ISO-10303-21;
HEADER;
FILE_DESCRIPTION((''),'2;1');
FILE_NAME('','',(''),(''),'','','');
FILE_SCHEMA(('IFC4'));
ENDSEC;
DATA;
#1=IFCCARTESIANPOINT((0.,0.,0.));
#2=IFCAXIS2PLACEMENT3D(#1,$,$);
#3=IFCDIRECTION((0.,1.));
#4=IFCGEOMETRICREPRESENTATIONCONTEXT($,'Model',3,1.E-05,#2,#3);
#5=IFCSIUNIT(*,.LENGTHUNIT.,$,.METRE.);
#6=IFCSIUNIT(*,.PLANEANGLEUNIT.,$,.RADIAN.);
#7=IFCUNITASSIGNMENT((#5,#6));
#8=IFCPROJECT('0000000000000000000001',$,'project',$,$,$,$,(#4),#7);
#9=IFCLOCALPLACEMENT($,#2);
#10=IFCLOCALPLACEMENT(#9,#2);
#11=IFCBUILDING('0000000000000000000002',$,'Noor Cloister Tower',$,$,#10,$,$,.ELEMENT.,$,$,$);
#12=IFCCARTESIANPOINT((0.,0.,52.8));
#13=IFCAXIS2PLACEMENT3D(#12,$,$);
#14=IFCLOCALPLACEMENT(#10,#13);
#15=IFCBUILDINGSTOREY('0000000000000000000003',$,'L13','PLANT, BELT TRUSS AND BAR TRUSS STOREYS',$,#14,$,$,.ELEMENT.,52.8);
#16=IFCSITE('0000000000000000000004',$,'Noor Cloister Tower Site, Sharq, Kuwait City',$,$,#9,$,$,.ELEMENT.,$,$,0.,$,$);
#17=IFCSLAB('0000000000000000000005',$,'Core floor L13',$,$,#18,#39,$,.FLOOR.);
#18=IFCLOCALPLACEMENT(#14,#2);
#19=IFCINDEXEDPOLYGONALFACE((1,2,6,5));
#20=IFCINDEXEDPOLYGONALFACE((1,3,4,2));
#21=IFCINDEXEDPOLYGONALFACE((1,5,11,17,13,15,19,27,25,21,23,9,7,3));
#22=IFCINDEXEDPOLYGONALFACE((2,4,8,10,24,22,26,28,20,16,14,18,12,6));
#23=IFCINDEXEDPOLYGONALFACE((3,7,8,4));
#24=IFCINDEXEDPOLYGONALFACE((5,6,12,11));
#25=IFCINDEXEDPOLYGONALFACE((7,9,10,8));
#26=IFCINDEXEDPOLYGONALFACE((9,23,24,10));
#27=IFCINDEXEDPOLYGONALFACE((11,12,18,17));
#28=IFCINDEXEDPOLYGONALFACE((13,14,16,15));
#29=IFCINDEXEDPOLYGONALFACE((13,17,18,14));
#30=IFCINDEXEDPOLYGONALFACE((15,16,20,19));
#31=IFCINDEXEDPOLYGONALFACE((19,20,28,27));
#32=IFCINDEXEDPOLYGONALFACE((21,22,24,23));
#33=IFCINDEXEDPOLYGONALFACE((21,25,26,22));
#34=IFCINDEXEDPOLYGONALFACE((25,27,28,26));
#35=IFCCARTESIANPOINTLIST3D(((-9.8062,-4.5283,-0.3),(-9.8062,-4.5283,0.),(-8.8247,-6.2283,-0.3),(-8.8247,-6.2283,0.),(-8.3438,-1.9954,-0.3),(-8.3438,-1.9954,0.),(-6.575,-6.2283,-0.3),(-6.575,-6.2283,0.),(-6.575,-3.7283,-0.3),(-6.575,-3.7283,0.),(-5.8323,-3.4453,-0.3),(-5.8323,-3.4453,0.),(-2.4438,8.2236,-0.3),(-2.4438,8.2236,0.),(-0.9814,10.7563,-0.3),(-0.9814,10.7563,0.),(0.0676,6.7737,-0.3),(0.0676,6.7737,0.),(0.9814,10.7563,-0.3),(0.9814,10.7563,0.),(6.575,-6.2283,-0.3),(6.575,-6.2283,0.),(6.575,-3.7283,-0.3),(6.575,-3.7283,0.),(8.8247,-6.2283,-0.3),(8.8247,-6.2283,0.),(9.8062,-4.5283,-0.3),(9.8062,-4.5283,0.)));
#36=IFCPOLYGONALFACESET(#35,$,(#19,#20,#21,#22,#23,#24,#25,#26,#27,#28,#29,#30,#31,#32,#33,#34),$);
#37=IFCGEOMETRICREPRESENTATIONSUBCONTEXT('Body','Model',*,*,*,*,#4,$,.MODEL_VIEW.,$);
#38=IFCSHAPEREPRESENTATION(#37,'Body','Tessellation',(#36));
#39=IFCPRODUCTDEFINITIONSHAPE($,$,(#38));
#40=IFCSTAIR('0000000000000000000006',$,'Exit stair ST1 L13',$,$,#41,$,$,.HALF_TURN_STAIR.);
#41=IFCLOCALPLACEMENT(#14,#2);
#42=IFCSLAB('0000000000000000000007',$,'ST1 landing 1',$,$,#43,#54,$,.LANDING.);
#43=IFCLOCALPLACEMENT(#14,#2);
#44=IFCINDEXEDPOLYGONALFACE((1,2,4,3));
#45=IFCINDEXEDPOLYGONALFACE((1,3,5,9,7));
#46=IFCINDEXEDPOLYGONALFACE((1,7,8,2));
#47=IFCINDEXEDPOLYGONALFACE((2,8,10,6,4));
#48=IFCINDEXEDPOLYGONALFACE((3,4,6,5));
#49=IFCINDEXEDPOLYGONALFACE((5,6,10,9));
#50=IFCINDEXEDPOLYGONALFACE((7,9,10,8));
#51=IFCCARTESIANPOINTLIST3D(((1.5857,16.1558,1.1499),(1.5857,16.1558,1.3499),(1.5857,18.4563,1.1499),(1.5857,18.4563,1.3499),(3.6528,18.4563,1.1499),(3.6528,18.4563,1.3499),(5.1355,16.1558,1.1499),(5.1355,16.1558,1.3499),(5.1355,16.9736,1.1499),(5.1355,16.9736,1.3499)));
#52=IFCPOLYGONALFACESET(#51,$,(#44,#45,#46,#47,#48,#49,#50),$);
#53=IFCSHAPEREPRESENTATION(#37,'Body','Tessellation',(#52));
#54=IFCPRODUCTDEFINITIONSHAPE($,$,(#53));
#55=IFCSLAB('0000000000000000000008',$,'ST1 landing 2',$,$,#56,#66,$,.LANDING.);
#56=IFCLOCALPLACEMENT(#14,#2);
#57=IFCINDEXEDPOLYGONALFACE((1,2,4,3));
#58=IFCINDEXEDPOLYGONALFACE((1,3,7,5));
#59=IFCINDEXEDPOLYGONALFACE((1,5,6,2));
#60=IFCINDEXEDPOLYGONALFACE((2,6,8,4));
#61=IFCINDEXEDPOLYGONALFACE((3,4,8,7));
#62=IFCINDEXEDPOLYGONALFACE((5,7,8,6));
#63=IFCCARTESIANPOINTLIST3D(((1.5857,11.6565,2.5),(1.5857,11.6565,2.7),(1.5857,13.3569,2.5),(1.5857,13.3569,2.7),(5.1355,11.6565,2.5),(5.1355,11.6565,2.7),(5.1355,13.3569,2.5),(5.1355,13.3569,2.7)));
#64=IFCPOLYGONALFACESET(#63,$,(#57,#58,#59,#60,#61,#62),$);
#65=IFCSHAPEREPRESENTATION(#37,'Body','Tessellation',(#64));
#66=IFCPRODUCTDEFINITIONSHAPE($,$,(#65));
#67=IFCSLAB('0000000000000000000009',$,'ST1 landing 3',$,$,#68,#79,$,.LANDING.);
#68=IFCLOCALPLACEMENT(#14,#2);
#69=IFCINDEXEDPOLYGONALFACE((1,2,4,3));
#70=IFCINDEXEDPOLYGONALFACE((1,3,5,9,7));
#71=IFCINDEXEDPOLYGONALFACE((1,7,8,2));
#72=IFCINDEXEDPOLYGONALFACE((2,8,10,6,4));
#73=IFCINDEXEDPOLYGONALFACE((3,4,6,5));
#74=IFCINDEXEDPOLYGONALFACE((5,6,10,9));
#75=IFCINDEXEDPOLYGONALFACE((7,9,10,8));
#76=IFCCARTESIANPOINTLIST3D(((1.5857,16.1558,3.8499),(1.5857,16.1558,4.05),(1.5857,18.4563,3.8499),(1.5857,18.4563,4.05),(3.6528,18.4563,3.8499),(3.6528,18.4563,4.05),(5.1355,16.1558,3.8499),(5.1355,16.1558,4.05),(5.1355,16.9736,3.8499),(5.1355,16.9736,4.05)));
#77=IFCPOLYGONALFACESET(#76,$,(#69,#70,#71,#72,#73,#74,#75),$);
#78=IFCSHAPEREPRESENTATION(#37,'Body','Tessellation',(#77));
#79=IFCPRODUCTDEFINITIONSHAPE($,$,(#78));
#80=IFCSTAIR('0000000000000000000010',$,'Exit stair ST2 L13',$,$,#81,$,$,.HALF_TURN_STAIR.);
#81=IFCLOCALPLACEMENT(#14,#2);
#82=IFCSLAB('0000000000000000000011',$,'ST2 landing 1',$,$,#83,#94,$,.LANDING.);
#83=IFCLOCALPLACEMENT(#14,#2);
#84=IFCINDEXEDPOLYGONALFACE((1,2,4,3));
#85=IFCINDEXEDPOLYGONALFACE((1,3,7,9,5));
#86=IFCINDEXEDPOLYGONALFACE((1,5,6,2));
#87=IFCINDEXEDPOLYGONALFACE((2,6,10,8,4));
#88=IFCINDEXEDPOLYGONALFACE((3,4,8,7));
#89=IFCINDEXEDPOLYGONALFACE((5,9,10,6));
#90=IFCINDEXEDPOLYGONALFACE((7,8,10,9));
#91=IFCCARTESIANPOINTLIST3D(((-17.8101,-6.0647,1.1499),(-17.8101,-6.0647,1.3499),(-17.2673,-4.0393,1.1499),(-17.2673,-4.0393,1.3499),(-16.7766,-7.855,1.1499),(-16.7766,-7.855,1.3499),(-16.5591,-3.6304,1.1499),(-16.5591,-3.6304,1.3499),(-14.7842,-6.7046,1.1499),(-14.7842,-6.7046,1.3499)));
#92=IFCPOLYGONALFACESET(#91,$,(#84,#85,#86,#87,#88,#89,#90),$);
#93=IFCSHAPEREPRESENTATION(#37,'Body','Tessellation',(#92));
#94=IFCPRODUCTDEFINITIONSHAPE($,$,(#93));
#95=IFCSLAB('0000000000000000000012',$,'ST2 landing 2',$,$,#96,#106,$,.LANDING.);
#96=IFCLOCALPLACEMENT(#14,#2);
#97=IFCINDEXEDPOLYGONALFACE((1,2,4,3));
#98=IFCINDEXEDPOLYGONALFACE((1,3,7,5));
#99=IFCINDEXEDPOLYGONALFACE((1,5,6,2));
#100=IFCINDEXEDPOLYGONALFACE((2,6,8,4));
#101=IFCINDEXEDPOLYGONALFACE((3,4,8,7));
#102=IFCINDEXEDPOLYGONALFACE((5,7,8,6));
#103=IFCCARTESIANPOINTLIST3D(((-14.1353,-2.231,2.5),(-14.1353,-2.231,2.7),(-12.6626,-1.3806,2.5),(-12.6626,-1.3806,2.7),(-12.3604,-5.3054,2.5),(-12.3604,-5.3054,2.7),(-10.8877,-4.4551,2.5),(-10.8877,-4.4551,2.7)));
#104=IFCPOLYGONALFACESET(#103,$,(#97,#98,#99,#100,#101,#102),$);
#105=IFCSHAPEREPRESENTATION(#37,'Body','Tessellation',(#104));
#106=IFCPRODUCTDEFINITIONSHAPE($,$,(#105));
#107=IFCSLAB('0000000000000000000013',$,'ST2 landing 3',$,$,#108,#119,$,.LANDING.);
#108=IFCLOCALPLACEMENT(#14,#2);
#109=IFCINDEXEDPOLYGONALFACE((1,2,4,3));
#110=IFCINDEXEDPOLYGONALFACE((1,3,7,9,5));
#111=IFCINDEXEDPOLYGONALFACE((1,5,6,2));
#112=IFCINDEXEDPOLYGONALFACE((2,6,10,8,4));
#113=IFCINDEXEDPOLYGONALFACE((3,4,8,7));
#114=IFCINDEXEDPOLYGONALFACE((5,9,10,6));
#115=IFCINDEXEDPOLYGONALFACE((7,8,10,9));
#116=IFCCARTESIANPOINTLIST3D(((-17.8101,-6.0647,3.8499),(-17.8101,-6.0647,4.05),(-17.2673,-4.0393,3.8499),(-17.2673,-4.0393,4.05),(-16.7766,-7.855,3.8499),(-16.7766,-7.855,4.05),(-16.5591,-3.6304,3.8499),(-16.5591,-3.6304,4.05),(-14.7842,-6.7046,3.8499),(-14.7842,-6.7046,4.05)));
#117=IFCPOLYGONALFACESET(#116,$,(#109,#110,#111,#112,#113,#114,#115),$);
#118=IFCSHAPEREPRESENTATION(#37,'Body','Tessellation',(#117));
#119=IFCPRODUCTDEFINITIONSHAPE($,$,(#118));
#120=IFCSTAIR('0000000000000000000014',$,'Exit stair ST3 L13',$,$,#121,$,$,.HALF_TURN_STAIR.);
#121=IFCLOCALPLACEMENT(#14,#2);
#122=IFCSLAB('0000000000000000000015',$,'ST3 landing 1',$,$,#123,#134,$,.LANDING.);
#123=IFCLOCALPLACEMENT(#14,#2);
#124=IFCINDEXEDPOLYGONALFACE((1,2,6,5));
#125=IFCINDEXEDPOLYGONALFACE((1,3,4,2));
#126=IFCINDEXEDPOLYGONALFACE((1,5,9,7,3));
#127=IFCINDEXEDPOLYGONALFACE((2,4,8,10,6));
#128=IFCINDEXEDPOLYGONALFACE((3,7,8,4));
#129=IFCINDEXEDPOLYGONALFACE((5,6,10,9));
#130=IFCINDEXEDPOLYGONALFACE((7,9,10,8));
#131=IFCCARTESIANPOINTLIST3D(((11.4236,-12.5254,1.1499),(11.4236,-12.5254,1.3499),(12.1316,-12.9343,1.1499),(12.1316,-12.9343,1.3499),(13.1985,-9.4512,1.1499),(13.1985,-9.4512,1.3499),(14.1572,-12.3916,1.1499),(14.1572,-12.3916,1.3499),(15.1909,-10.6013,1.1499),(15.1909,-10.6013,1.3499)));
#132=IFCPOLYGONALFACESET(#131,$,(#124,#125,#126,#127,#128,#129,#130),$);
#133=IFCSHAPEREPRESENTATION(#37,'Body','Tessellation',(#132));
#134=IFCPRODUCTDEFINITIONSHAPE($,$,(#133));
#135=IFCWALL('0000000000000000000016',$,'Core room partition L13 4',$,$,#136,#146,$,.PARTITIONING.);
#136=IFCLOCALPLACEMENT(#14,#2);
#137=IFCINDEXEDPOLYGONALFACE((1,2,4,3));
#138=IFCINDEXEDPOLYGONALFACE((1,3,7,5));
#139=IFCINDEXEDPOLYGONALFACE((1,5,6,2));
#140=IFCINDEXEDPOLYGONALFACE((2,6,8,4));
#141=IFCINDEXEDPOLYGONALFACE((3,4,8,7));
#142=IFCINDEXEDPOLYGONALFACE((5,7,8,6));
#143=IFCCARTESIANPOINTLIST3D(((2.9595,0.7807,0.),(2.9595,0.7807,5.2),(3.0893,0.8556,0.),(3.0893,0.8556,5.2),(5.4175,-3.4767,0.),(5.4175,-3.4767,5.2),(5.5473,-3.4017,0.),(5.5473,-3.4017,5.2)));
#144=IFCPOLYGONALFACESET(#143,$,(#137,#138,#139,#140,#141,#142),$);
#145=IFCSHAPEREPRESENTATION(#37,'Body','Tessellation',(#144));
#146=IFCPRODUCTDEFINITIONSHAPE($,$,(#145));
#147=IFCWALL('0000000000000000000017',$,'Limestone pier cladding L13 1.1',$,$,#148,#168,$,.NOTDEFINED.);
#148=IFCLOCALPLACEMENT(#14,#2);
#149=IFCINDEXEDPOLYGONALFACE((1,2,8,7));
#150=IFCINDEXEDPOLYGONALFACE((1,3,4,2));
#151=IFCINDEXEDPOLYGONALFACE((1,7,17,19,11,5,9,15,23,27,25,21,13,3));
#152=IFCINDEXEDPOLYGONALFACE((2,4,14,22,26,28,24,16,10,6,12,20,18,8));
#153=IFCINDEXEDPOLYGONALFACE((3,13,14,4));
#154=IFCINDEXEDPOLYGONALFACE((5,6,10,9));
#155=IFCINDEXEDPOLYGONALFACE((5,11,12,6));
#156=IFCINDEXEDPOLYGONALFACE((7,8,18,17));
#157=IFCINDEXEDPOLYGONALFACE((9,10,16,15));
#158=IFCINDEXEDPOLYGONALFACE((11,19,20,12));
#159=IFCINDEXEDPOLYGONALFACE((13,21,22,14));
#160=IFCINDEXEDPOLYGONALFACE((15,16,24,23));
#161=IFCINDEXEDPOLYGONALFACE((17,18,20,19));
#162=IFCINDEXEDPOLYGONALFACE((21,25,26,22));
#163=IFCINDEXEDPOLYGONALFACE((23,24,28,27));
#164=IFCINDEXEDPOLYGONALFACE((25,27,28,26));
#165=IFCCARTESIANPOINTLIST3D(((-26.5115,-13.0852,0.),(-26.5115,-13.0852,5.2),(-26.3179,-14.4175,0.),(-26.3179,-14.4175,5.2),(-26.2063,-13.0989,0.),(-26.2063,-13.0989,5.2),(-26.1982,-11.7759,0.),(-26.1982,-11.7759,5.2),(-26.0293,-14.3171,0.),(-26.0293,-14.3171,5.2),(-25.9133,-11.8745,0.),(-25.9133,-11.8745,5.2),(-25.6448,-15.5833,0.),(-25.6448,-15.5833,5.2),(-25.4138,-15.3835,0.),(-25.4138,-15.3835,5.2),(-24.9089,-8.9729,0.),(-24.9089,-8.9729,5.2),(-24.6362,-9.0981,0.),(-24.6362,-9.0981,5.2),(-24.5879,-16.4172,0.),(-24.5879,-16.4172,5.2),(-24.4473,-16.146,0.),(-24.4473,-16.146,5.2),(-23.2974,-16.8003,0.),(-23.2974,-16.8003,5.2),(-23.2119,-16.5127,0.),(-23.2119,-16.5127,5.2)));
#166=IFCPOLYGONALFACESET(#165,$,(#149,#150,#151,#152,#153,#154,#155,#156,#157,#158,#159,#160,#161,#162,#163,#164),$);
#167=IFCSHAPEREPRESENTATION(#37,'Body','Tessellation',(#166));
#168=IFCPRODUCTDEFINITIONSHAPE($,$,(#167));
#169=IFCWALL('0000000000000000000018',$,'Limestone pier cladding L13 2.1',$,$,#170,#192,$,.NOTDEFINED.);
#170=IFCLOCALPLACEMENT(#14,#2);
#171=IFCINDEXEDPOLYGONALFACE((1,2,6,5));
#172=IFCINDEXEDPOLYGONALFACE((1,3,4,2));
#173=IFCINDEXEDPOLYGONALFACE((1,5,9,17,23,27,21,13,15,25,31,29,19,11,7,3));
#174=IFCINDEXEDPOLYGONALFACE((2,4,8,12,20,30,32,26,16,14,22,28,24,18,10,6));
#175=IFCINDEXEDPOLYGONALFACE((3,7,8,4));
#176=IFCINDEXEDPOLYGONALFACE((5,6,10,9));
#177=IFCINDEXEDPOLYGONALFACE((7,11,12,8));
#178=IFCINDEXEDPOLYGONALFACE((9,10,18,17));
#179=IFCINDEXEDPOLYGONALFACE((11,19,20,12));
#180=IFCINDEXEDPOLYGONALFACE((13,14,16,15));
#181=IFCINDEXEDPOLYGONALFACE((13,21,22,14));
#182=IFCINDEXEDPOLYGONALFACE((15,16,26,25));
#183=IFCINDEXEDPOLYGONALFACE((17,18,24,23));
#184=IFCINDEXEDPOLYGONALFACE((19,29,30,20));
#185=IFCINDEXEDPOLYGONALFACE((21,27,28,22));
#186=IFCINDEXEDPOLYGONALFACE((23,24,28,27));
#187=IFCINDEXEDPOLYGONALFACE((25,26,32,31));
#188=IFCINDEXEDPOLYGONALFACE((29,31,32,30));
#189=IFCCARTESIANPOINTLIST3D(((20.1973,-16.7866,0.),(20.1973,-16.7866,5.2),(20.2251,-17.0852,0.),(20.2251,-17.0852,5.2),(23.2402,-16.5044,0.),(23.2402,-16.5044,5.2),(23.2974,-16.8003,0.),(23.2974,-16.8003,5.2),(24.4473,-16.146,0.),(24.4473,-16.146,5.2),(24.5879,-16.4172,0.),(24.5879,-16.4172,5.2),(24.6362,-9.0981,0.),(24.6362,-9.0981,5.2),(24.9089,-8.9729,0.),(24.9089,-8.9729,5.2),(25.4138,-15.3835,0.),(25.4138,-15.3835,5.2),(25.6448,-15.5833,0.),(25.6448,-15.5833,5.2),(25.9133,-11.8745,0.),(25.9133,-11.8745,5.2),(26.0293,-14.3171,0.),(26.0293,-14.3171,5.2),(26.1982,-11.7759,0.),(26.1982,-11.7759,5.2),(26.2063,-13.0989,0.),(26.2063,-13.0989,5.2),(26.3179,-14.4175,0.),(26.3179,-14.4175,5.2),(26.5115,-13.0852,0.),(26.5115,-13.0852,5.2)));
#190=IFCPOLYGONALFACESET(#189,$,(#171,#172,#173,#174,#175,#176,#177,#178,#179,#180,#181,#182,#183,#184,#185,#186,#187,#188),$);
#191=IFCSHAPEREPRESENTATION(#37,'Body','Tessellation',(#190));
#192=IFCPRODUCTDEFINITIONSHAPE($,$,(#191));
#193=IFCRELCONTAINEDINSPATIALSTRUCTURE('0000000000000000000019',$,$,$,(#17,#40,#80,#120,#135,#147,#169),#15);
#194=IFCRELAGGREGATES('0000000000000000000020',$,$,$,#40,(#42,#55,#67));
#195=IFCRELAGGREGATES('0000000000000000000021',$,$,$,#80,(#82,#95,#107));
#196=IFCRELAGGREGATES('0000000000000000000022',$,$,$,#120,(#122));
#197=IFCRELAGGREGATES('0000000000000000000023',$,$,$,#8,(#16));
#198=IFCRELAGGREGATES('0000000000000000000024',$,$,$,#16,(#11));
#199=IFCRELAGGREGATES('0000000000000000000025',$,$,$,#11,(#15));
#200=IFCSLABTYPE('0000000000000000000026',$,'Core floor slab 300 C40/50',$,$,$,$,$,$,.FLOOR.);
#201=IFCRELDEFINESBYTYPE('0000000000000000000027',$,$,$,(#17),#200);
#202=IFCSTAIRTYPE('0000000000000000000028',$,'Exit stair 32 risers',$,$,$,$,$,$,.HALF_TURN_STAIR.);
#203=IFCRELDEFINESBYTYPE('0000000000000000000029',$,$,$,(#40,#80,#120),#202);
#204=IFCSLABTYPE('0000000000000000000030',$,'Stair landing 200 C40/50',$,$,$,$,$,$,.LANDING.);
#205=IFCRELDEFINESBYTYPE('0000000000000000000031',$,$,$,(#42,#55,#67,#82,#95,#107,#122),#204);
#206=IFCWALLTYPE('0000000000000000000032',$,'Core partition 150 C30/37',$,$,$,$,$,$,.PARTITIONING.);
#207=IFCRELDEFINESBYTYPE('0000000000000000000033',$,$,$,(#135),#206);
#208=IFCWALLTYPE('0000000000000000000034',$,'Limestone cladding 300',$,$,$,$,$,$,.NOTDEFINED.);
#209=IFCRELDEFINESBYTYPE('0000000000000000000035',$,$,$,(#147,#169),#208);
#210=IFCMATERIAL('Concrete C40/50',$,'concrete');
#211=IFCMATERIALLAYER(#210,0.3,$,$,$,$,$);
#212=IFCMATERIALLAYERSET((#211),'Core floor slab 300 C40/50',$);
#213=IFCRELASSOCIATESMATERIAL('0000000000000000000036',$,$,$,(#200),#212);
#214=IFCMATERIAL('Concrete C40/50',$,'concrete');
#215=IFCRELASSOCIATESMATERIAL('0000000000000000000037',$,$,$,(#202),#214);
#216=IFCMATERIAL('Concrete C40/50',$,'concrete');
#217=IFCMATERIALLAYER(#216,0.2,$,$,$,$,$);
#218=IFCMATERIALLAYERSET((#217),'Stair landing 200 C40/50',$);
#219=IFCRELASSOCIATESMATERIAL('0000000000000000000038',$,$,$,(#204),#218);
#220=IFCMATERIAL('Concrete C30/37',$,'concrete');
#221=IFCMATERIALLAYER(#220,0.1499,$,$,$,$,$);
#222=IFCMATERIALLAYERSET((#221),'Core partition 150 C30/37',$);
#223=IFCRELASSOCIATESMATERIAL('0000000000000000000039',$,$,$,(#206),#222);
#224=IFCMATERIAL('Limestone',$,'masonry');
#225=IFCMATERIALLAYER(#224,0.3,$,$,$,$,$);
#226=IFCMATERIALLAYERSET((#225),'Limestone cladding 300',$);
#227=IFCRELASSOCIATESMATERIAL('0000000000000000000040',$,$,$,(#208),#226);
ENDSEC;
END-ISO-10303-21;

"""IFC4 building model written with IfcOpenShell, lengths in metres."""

from ifc_helpers import new_model, si_unit, direction, frame, frame_2d, origin, place, context, subcontext, project, spatial, polyline, rectangle, outline, extrude, material, layer, layer_set, type_object, element, aggregate, save


model = new_model("IFC4")

# Units and contexts
model_context = context("Model", 3, precision=1e-05, world=origin(), true_north=direction((0.0, 1.0)))
body_context = subcontext(model_context, "Body", "Model", "MODEL_VIEW")
ifc_project = project(units=[si_unit("LENGTHUNIT", "METRE"), si_unit("PLANEANGLEUNIT", "RADIAN")], contexts=[model_context])

# Site, building, storey
site_placement = place(None, origin())
site = spatial("IfcSite", under=ifc_project, at=site_placement, Name="Noor Cloister Tower Site, Sharq, Kuwait City", CompositionType="ELEMENT", RefElevation=0.0)
building_placement = place(site_placement, origin())
building = spatial("IfcBuilding", under=site, at=building_placement, Name="Noor Cloister Tower", CompositionType="ELEMENT")
storey_placement = place(building_placement, frame((0.0, 0.0, 52.8)))
storey = spatial("IfcBuildingStorey", under=building, at=storey_placement, Name="L13", Description="PLANT, BELT TRUSS AND BAR TRUSS STOREYS", CompositionType="ELEMENT", Elevation=52.8)

# Slab
ifc_material_1 = material(Name="Concrete C40/50", Category="concrete")
ifc_layer_1 = layer(ifc_material_1, 0.3)
ifc_layer_set_1 = layer_set([ifc_layer_1], Name="Core floor slab 300 C40/50")
slab_type_1 = type_object("IfcSlabType", Name="Core floor slab 300 C40/50", PredefinedType="FLOOR", material=ifc_layer_set_1)
slab_1_placement = place(storey_placement, frame((0.0, 0.0, -0.3)))
element("IfcSlab", 1, at=slab_1_placement, inside=storey, type_object=slab_type_1, Name="Core floor L13", PredefinedType="FLOOR", context=body_context, shape_type="SweptSolid", body=[
    extrude(outline(polyline([(-6.575, -6.2283), (-6.575, -3.7283), (6.575, -3.7283), (6.575, -6.2283), (8.8247, -6.2283), (9.8062, -4.5283), (0.9814, 10.7563), (-0.9814, 10.7563), (-2.4438, 8.2236), (0.0676, 6.7737), (-5.8323, -3.4453), (-8.3438, -1.9954), (-9.8062, -4.5283), (-8.8247, -6.2283), (-6.575, -6.2283)])), origin(), (0.0, 0.0, 1.0), 0.3),
])

# Stairs, slabs
ifc_material_2 = material(Name="Concrete C40/50", Category="concrete")
stair_type = type_object("IfcStairType", Name="Exit stair 32 risers", PredefinedType="HALF_TURN_STAIR", material=ifc_material_2)
stair_1_placement = place(storey_placement, origin())
stair_1 = element("IfcStair", 2, at=stair_1_placement, inside=storey, type_object=stair_type, Name="Exit stair ST1 L13", PredefinedType="HALF_TURN_STAIR")
ifc_material_3 = material(Name="Concrete C40/50", Category="concrete")
ifc_layer_2 = layer(ifc_material_3, 0.2)
ifc_layer_set_2 = layer_set([ifc_layer_2], Name="Stair landing 200 C40/50")
slab_type_2 = type_object("IfcSlabType", Name="Stair landing 200 C40/50", PredefinedType="LANDING", material=ifc_layer_set_2)
slab_2_placement = place(storey_placement, frame((0.0, 0.0, 1.1499)))
slab_2 = element("IfcSlab", 3, at=slab_2_placement, type_object=slab_type_2, Name="ST1 landing 1", PredefinedType="LANDING", context=body_context, shape_type="SweptSolid", body=[
    extrude(outline(polyline([(5.1355, 16.1558), (5.1355, 16.9736), (3.6528, 18.4563), (1.5857, 18.4563), (1.5857, 16.1558), (5.1355, 16.1558)])), origin(), (0.0, 0.0, 1.0), 0.2),
])
slab_3_placement = place(storey_placement, frame((0.0, 0.0, 2.5)))
slab_3 = element("IfcSlab", 4, at=slab_3_placement, type_object=slab_type_2, Name="ST1 landing 2", PredefinedType="LANDING", context=body_context, shape_type="SweptSolid", body=[
    extrude(outline(polyline([(1.5857, 13.3569), (1.5857, 11.6565), (5.1355, 11.6565), (5.1355, 13.3569), (1.5857, 13.3569)])), origin(), (0.0, 0.0, 1.0), 0.2),
])
slab_4_placement = place(storey_placement, frame((0.0, 0.0, 3.8499)))
slab_4 = element("IfcSlab", 5, at=slab_4_placement, type_object=slab_type_2, Name="ST1 landing 3", PredefinedType="LANDING", context=body_context, shape_type="SweptSolid", body=[
    extrude(outline(polyline([(5.1355, 16.1558), (5.1355, 16.9736), (3.6528, 18.4563), (1.5857, 18.4563), (1.5857, 16.1558), (5.1355, 16.1558)])), origin(), (0.0, 0.0, 1.0), 0.2002),
])
aggregate(stair_1, [slab_2, slab_3, slab_4])
stair_2_placement = place(storey_placement, origin())
stair_2 = element("IfcStair", 6, at=stair_2_placement, inside=storey, type_object=stair_type, Name="Exit stair ST2 L13", PredefinedType="HALF_TURN_STAIR")
slab_5_placement = place(storey_placement, frame((0.0, 0.0, 1.1499)))
slab_5 = element("IfcSlab", 7, at=slab_5_placement, type_object=slab_type_2, Name="ST2 landing 1", PredefinedType="LANDING", context=body_context, shape_type="SweptSolid", body=[
    extrude(outline(polyline([(-16.5591, -3.6304), (-17.2673, -4.0393), (-17.8101, -6.0647), (-16.7766, -7.855), (-14.7842, -6.7046), (-16.5591, -3.6304)])), origin(), (0.0, 0.0, 1.0), 0.2),
])
slab_6_placement = place(storey_placement, frame((0.0, 0.0, 2.5)))
slab_6 = element("IfcSlab", 8, at=slab_6_placement, type_object=slab_type_2, Name="ST2 landing 2", PredefinedType="LANDING", context=body_context, shape_type="SweptSolid", body=[
    extrude(outline(polyline([(-12.3604, -5.3054), (-10.8877, -4.4551), (-12.6626, -1.3806), (-14.1353, -2.231), (-12.3604, -5.3054)])), origin(), (0.0, 0.0, 1.0), 0.2),
])
slab_7_placement = place(storey_placement, frame((0.0, 0.0, 3.8499)))
slab_7 = element("IfcSlab", 9, at=slab_7_placement, type_object=slab_type_2, Name="ST2 landing 3", PredefinedType="LANDING", context=body_context, shape_type="SweptSolid", body=[
    extrude(outline(polyline([(-16.5591, -3.6304), (-17.2673, -4.0393), (-17.8101, -6.0647), (-16.7766, -7.855), (-14.7842, -6.7046), (-16.5591, -3.6304)])), origin(), (0.0, 0.0, 1.0), 0.2002),
])
aggregate(stair_2, [slab_5, slab_6, slab_7])

# Stair, slab
stair_3_placement = place(storey_placement, origin())
stair_3 = element("IfcStair", 10, at=stair_3_placement, inside=storey, type_object=stair_type, Name="Exit stair ST3 L13", PredefinedType="HALF_TURN_STAIR")
slab_8_placement = place(storey_placement, frame((0.0, 0.0, 1.1499)))
slab_8 = element("IfcSlab", 11, at=slab_8_placement, type_object=slab_type_2, Name="ST3 landing 1", PredefinedType="LANDING", context=body_context, shape_type="SweptSolid", body=[
    extrude(outline(polyline([(11.4236, -12.5254), (12.1316, -12.9343), (14.1572, -12.3916), (15.1909, -10.6013), (13.1985, -9.4512), (11.4236, -12.5254)])), origin(), (0.0, 0.0, 1.0), 0.2),
])
aggregate(stair_3, [slab_8])

# Walls
ifc_material_4 = material(Name="Concrete C30/37", Category="concrete")
ifc_layer_3 = layer(ifc_material_4, 0.1499)
ifc_layer_set_3 = layer_set([ifc_layer_3], Name="Core partition 150 C30/37")
wall_type_1 = type_object("IfcWallType", Name="Core partition 150 C30/37", PredefinedType="PARTITIONING", material=ifc_layer_set_3)
wall_1_placement = place(storey_placement, frame((5.4824, -3.4392, 0.0), z_axis=(0.0, 0.0, 1.0), x_axis=(-0.500006, 0.866022, 0.0)))
element("IfcWall", 12, at=wall_1_placement, inside=storey, type_object=wall_type_1, Name="Core room partition L13 4", PredefinedType="PARTITIONING", context=body_context, shape_type="SweptSolid", body=[
    extrude(rectangle(XDim=4.916, YDim=0.1499, at=frame_2d((2.458, 0.0))), origin(), (0.0, 0.0, 1.0), 5.2),
])
ifc_material_5 = material(Name="Limestone", Category="masonry")
ifc_layer_4 = layer(ifc_material_5, 0.3)
ifc_layer_set_4 = layer_set([ifc_layer_4], Name="Limestone cladding 300")
wall_type_2 = type_object("IfcWallType", Name="Limestone cladding 300", PredefinedType="NOTDEFINED", material=ifc_layer_set_4)
wall_2_placement = place(storey_placement, origin())
element("IfcWall", 13, at=wall_2_placement, inside=storey, type_object=wall_type_2, Name="Limestone pier cladding L13 1.1", PredefinedType="NOTDEFINED", context=body_context, shape_type="SweptSolid", body=[
    extrude(outline(polyline([(-24.9089, -8.9729), (-26.1982, -11.7759), (-26.5115, -13.0852), (-26.3179, -14.4175), (-25.6448, -15.5833), (-24.5879, -16.4172), (-23.2974, -16.8003), (-23.2119, -16.5127), (-24.4473, -16.146), (-25.4138, -15.3835), (-26.0293, -14.3171), (-26.2063, -13.0989), (-25.9133, -11.8745), (-24.6362, -9.0981), (-24.9089, -8.9729)])), origin(), (0.0, 0.0, 1.0), 5.2),
])
wall_3_placement = place(storey_placement, origin())
element("IfcWall", 14, at=wall_3_placement, inside=storey, type_object=wall_type_2, Name="Limestone pier cladding L13 2.1", PredefinedType="NOTDEFINED", context=body_context, shape_type="SweptSolid", body=[
    extrude(outline(polyline([(20.2251, -17.0852), (23.2974, -16.8003), (24.5879, -16.4172), (25.6448, -15.5833), (26.3179, -14.4175), (26.5115, -13.0852), (26.1982, -11.7759), (24.9089, -8.9729), (24.6362, -9.0981), (25.9133, -11.8745), (26.2063, -13.0989), (26.0293, -14.3171), (25.4138, -15.3835), (24.4473, -16.146), (23.2402, -16.5044), (20.1973, -16.7866), (20.2251, -17.0852)])), origin(), (0.0, 0.0, 1.0), 5.2),
])

save(model, "model.ifc")
